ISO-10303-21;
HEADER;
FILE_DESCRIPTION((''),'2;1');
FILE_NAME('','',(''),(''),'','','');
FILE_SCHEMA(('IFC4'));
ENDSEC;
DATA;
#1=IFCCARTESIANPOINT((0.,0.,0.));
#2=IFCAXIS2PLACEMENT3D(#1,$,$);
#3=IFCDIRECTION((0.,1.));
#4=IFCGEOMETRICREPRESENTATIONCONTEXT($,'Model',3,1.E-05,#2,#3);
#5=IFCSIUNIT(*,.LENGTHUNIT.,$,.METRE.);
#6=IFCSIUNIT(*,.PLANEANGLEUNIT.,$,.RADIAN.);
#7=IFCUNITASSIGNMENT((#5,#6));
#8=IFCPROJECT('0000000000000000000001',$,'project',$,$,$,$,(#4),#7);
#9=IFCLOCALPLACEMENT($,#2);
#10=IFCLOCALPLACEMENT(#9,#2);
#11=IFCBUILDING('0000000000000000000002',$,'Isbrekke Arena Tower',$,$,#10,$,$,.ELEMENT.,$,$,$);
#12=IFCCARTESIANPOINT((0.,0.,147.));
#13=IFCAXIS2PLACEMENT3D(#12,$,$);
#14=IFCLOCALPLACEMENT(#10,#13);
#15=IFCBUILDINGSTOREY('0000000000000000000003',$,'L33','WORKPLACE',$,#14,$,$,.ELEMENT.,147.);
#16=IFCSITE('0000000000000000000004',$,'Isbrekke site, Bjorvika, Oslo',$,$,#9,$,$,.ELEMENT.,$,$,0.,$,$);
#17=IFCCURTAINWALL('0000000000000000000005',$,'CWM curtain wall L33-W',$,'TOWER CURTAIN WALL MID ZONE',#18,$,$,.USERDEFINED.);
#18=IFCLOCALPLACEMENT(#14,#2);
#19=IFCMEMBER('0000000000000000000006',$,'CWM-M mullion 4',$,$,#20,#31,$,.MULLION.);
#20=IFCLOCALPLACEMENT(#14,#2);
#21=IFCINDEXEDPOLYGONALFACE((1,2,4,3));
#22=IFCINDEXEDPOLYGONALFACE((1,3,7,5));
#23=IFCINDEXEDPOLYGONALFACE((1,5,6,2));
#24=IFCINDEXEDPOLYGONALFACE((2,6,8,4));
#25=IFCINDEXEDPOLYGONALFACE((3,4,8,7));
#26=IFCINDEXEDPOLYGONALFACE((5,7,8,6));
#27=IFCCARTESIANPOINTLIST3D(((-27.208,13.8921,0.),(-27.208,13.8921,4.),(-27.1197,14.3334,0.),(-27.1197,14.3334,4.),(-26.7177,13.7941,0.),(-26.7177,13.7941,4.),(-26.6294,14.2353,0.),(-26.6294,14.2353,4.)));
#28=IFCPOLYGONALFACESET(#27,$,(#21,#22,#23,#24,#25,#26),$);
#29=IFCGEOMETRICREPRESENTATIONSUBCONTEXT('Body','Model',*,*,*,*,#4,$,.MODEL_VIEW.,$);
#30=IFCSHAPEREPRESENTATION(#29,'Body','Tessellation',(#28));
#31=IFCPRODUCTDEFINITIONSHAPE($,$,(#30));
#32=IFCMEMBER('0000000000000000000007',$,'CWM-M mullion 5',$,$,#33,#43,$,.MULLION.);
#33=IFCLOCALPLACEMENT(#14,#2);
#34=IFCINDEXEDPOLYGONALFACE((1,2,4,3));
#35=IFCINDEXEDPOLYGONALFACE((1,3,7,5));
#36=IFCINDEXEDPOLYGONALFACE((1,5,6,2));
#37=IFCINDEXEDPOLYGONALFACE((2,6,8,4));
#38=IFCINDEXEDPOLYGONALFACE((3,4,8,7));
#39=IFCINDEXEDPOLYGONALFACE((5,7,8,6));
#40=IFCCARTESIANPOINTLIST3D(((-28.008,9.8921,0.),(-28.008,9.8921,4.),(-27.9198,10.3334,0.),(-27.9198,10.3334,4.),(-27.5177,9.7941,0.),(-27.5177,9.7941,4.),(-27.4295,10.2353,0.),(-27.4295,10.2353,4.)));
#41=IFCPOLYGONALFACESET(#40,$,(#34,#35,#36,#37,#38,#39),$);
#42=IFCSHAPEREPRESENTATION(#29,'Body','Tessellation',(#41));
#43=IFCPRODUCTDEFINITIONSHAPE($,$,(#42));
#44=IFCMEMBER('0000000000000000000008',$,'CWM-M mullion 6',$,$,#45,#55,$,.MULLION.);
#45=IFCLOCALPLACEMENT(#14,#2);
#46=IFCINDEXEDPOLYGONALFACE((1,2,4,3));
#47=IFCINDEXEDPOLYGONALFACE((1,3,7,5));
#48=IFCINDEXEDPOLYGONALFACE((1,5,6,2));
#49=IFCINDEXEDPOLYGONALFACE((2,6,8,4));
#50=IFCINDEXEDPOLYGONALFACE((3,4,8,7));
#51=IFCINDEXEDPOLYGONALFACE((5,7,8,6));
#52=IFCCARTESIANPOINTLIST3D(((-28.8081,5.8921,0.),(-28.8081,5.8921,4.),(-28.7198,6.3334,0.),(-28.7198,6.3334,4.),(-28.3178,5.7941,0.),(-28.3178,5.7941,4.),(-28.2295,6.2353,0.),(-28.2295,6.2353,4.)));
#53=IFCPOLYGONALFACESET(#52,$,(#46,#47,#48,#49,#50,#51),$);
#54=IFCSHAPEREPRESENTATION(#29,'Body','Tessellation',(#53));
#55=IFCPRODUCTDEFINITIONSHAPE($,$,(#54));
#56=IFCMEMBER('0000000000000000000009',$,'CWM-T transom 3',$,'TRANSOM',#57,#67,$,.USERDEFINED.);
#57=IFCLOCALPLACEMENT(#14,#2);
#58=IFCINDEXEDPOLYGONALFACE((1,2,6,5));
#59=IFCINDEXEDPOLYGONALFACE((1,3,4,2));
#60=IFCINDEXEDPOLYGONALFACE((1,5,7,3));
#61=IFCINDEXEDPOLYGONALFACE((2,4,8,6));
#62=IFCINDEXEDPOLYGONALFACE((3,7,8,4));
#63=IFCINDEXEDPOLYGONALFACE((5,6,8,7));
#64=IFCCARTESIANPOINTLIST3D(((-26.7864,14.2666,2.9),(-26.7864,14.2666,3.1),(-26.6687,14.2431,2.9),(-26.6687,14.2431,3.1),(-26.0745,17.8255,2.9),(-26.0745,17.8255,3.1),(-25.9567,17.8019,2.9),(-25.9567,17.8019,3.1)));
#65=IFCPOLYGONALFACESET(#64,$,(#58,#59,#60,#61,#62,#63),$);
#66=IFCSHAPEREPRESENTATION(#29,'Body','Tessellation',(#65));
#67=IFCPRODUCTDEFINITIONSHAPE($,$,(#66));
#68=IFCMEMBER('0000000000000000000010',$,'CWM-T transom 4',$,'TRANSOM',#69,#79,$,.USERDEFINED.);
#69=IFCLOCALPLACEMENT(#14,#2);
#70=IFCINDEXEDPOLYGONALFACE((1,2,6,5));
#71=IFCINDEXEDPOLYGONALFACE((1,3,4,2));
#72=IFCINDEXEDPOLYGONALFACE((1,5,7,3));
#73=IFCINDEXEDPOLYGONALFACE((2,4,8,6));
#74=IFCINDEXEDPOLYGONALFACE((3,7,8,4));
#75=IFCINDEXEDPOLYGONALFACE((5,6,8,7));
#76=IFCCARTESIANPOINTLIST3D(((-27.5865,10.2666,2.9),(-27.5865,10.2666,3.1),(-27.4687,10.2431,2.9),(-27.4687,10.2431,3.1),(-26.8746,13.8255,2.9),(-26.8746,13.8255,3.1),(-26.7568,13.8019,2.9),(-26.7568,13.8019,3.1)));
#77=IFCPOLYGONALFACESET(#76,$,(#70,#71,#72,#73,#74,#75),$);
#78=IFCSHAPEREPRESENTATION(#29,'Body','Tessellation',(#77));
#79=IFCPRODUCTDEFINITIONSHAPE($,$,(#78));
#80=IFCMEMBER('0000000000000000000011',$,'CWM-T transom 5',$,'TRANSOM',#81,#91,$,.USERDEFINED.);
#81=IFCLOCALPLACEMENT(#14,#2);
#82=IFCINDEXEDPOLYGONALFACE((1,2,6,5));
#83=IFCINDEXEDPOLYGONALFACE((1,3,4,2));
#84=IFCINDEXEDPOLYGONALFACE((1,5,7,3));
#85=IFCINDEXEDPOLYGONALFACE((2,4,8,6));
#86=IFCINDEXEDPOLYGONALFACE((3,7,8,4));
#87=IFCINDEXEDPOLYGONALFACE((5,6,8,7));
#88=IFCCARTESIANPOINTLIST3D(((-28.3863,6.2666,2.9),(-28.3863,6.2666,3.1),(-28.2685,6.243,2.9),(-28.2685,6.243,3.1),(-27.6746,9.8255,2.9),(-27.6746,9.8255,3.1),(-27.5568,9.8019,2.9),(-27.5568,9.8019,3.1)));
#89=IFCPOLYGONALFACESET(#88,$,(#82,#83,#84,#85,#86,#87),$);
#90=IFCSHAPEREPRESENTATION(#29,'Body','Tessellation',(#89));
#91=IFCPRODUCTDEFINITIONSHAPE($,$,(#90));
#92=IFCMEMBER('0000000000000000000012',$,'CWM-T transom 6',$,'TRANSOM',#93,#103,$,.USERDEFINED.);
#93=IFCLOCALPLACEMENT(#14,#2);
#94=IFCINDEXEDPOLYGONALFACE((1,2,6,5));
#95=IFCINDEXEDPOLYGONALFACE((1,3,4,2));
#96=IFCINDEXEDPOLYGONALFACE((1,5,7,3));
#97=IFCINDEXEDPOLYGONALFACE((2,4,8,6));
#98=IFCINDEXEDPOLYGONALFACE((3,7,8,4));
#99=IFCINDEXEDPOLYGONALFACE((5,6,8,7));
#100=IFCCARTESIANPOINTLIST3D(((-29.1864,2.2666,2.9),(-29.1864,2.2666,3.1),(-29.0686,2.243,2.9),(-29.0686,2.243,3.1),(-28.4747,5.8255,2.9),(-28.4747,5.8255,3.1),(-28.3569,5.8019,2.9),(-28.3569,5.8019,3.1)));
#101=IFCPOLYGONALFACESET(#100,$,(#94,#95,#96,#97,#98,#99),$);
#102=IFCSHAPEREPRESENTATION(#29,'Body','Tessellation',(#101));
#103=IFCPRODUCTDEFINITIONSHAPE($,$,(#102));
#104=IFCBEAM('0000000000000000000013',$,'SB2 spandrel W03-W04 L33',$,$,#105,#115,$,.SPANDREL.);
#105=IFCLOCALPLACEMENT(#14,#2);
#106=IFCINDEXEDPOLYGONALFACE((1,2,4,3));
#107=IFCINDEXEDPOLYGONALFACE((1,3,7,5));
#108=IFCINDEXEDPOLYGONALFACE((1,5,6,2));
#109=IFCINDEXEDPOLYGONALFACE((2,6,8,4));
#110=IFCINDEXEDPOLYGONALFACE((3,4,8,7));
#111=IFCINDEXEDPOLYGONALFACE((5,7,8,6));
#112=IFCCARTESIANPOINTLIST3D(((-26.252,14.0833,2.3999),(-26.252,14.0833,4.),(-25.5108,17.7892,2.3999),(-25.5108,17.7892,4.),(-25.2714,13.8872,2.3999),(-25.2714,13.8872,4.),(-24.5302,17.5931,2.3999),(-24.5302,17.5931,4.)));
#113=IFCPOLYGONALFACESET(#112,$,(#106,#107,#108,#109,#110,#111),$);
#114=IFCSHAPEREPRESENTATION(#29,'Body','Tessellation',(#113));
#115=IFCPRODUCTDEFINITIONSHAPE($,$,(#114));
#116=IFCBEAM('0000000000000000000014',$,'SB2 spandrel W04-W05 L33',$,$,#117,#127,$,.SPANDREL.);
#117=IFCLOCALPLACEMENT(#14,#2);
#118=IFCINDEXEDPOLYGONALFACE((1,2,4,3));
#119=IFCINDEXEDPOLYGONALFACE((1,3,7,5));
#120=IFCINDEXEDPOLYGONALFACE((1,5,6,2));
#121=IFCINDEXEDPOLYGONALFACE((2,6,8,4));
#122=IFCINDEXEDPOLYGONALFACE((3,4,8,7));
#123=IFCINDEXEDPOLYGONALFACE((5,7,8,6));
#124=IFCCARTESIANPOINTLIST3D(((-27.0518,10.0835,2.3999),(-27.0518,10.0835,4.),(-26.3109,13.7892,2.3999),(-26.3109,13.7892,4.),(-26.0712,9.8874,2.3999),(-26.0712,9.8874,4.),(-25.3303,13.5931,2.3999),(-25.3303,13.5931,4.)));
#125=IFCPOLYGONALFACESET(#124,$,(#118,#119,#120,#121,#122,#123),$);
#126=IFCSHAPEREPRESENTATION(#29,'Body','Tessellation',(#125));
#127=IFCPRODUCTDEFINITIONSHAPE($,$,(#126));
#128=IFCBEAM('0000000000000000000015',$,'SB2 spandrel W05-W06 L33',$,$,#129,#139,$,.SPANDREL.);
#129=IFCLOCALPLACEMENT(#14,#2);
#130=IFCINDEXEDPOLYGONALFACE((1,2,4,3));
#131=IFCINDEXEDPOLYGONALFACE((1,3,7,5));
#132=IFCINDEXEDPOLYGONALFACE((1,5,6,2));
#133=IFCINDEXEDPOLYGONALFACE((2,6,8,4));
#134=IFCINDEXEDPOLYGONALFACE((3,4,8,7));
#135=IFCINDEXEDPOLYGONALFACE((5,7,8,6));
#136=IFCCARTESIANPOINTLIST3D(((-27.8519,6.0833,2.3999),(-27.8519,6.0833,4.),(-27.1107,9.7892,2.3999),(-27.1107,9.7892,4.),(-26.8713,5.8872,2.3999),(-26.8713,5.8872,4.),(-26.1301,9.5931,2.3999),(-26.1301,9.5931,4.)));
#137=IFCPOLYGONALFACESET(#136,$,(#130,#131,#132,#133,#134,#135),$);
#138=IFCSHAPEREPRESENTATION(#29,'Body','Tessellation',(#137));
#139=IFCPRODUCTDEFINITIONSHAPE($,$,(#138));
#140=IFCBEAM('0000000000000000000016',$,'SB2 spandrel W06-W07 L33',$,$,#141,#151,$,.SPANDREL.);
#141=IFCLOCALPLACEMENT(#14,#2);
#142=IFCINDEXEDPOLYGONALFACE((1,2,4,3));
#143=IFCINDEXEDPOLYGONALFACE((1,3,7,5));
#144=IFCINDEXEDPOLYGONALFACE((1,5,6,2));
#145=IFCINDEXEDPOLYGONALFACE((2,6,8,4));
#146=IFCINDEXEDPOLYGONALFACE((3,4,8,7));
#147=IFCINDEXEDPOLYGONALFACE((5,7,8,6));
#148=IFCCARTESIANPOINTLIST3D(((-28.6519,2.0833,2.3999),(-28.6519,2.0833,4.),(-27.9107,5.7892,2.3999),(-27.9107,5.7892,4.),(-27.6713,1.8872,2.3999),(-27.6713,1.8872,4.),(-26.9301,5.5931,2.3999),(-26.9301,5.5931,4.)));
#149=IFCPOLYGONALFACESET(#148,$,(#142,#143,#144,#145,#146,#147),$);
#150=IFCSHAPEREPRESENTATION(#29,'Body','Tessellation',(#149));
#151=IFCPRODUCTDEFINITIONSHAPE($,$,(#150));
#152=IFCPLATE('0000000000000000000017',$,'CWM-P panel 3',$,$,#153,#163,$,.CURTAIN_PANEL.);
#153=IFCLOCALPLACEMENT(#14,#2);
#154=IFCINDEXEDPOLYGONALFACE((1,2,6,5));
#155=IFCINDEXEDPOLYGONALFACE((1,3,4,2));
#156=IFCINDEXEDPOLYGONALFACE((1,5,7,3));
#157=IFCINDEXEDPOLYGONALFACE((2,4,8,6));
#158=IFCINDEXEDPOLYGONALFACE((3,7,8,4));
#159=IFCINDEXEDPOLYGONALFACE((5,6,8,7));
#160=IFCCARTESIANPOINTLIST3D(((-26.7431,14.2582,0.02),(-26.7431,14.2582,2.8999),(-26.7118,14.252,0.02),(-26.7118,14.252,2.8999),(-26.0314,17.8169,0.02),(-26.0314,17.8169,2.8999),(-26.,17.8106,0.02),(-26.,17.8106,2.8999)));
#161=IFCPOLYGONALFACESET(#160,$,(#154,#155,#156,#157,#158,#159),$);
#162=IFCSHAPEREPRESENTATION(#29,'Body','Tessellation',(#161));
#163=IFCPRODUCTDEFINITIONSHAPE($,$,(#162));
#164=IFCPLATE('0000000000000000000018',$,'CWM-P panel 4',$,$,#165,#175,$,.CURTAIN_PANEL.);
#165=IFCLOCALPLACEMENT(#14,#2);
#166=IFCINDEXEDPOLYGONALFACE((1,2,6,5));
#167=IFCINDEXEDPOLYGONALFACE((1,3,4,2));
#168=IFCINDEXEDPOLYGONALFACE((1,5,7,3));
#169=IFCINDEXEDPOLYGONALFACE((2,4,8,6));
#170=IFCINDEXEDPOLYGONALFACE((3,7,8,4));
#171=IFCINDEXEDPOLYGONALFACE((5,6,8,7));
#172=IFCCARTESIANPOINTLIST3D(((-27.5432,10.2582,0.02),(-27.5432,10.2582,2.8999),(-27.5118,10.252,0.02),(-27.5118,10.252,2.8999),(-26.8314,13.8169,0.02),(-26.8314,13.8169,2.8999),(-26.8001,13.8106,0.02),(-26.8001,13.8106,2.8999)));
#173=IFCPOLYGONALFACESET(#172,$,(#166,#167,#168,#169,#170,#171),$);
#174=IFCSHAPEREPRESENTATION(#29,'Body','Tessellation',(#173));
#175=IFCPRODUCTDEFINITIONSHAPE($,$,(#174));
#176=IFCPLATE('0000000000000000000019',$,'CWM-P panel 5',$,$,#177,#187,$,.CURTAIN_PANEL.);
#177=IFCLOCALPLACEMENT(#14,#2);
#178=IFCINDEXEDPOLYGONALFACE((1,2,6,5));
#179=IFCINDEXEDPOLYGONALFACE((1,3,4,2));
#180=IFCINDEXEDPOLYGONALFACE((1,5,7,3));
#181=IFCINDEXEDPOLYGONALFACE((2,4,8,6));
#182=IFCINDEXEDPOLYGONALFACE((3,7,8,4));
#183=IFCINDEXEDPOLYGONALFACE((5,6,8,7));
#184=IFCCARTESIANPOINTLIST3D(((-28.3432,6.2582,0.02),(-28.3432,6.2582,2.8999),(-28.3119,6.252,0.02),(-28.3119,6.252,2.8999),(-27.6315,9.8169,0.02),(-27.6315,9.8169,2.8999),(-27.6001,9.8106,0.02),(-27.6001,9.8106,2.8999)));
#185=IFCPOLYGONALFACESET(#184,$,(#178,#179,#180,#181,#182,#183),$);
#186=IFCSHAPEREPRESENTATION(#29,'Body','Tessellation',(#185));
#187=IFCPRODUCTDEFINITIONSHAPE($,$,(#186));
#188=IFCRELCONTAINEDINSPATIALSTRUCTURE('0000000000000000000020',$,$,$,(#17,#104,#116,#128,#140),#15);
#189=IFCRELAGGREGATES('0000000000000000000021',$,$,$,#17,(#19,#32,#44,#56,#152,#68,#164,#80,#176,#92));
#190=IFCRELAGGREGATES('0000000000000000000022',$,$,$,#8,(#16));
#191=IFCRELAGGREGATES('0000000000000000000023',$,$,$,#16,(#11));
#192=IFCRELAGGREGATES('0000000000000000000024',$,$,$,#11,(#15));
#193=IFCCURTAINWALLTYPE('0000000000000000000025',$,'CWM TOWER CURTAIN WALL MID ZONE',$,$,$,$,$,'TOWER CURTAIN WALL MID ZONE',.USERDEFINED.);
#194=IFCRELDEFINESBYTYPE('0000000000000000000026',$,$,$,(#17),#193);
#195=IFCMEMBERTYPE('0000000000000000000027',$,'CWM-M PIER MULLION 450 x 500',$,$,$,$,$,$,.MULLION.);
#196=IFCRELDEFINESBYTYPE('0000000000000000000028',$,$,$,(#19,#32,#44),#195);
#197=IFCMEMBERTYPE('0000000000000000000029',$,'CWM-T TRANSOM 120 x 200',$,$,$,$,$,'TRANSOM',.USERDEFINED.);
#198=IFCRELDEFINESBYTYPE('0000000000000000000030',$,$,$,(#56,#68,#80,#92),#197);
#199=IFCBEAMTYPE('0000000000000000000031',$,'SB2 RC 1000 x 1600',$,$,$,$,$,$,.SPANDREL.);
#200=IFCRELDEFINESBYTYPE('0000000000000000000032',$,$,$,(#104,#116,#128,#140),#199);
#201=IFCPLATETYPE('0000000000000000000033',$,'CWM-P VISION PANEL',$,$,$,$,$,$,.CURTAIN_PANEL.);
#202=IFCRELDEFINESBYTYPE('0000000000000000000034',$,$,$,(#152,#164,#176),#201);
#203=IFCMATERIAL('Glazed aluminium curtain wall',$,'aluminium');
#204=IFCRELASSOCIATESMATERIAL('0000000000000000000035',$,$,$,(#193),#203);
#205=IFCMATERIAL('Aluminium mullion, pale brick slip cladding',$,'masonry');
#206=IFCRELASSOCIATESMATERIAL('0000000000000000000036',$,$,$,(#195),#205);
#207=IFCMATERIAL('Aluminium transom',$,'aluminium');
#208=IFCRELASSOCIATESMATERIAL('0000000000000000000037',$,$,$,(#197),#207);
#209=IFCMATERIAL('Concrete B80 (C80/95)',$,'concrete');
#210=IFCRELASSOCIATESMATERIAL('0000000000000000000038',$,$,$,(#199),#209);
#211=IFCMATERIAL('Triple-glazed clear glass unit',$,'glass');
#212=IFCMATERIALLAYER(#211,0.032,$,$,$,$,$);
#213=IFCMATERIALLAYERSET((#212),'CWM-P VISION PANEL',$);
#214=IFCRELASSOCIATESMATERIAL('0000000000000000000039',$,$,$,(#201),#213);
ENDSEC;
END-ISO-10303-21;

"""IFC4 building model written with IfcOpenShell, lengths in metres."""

from ifc_helpers import new_model, si_unit, direction, frame, origin, origin_2d, place, context, subcontext, project, spatial, rectangle, extrude, material, layer, layer_set, material_profile, profile_set, type_object, element, aggregate, save


model = new_model("IFC4")

# Units and contexts
model_context = context("Model", 3, precision=1e-05, world=origin(), true_north=direction((0.0, 1.0)))
body_context = subcontext(model_context, "Body", "Model", "MODEL_VIEW")
ifc_project = project(units=[si_unit("LENGTHUNIT", "METRE"), si_unit("PLANEANGLEUNIT", "RADIAN")], contexts=[model_context])

# Site, building, storey
site_placement = place(None, origin())
site = spatial("IfcSite", under=ifc_project, at=site_placement, Name="Isbrekke site, Bjorvika, Oslo", CompositionType="ELEMENT", RefElevation=0.0)
building_placement = place(site_placement, origin())
building = spatial("IfcBuilding", under=site, at=building_placement, Name="Isbrekke Arena Tower", CompositionType="ELEMENT")
storey_placement = place(building_placement, frame((0.0, 0.0, 147.0)))
storey = spatial("IfcBuildingStorey", under=building, at=storey_placement, Name="L33", Description="WORKPLACE", CompositionType="ELEMENT", Elevation=147.0)

# Curtain wall, members
ifc_material_1 = material(Name="Glazed aluminium curtain wall", Category="aluminium")
curtain_wall_type = type_object("IfcCurtainWallType", Name="CWM TOWER CURTAIN WALL MID ZONE", ElementType="TOWER CURTAIN WALL MID ZONE", PredefinedType="USERDEFINED", material=ifc_material_1)
curtain_wall_placement = place(storey_placement, origin())
curtain_wall = element("IfcCurtainWall", 1, at=curtain_wall_placement, inside=storey, type_object=curtain_wall_type, Name="CWM curtain wall L33-W", ObjectType="TOWER CURTAIN WALL MID ZONE", PredefinedType="USERDEFINED")
ifc_material_2 = material(Name="Aluminium mullion, pale brick slip cladding", Category="masonry")
ifc_material_profile_1 = material_profile(ifc_material_2, rectangle(XDim=0.45, YDim=0.5, at=origin_2d()), Name="PIER 450X500")
ifc_profile_set_1 = profile_set([ifc_material_profile_1], Name="Aluminium mullion, pale brick slip cladding")
member_type_1 = type_object("IfcMemberType", Name="CWM-M PIER MULLION 450 x 500", PredefinedType="MULLION", material=ifc_profile_set_1)
member_1_placement = place(storey_placement, frame((-26.9187, 14.0637, 0.0), z_axis=(0.0, 0.0, 1.0), x_axis=(-0.196116, -0.980581, 0.0)))
member_1 = element("IfcMember", 2, at=member_1_placement, type_object=member_type_1, Name="CWM-M mullion 4", PredefinedType="MULLION", context=body_context, shape_type="SweptSolid", body=[
    extrude(rectangle(XDim=0.45, YDim=0.5, at=origin_2d()), origin(), (0.0, 0.0, 1.0), 4.0),
])
member_2_placement = place(storey_placement, frame((-27.7188, 10.0637, 0.0), z_axis=(0.0, 0.0, 1.0), x_axis=(-0.196116, -0.980581, 0.0)))
member_2 = element("IfcMember", 3, at=member_2_placement, type_object=member_type_1, Name="CWM-M mullion 5", PredefinedType="MULLION", context=body_context, shape_type="SweptSolid", body=[
    extrude(rectangle(XDim=0.45, YDim=0.5, at=origin_2d()), origin(), (0.0, 0.0, 1.0), 4.0),
])
member_3_placement = place(storey_placement, frame((-28.5188, 6.0637, 0.0), z_axis=(0.0, 0.0, 1.0), x_axis=(-0.196116, -0.980581, 0.0)))
member_3 = element("IfcMember", 4, at=member_3_placement, type_object=member_type_1, Name="CWM-M mullion 6", PredefinedType="MULLION", context=body_context, shape_type="SweptSolid", body=[
    extrude(rectangle(XDim=0.45, YDim=0.5, at=origin_2d()), origin(), (0.0, 0.0, 1.0), 4.0),
])
ifc_material_3 = material(Name="Aluminium transom", Category="aluminium")
ifc_material_profile_2 = material_profile(ifc_material_3, rectangle(XDim=0.1201, YDim=0.2, at=origin_2d()), Name="TRANSOM 120X200")
ifc_profile_set_2 = profile_set([ifc_material_profile_2], Name="Aluminium transom")
member_type_2 = type_object("IfcMemberType", Name="CWM-T TRANSOM 120 x 200", ElementType="TRANSOM", PredefinedType="USERDEFINED", material=ifc_profile_set_2)
member_4_placement = place(storey_placement, frame((-26.0156, 17.8137, 3.0), z_axis=(-0.196155, -0.980573, 0.0), x_axis=(0.980573, -0.196155, 0.0)))
member_4 = element("IfcMember", 5, at=member_4_placement, type_object=member_type_2, Name="CWM-T transom 3", ObjectType="TRANSOM", PredefinedType="USERDEFINED", context=body_context, shape_type="SweptSolid", body=[
    extrude(rectangle(XDim=0.1201, YDim=0.2, at=origin_2d()), origin(), (0.0, 0.0, 1.0), 3.6294),
])
member_5_placement = place(storey_placement, frame((-26.8157, 13.8137, 3.0), z_axis=(-0.196155, -0.980573, 0.0), x_axis=(0.980573, -0.196155, 0.0)))
member_5 = element("IfcMember", 6, at=member_5_placement, type_object=member_type_2, Name="CWM-T transom 4", ObjectType="TRANSOM", PredefinedType="USERDEFINED", context=body_context, shape_type="SweptSolid", body=[
    extrude(rectangle(XDim=0.1201, YDim=0.2, at=origin_2d()), origin(), (0.0, 0.0, 1.0), 3.6294),
])
member_6_placement = place(storey_placement, frame((-27.6157, 9.8137, 3.0), z_axis=(-0.19609, -0.980586, 0.0), x_axis=(0.980586, -0.19609, 0.0)))
member_6 = element("IfcMember", 7, at=member_6_placement, type_object=member_type_2, Name="CWM-T transom 5", ObjectType="TRANSOM", PredefinedType="USERDEFINED", context=body_context, shape_type="SweptSolid", body=[
    extrude(rectangle(XDim=0.1201, YDim=0.2, at=origin_2d()), origin(), (0.0, 0.0, 1.0), 3.6294),
])
member_7_placement = place(storey_placement, frame((-28.4158, 5.8137, 3.0), z_axis=(-0.19609, -0.980586, 0.0), x_axis=(0.980586, -0.19609, 0.0)))
member_7 = element("IfcMember", 8, at=member_7_placement, type_object=member_type_2, Name="CWM-T transom 6", ObjectType="TRANSOM", PredefinedType="USERDEFINED", context=body_context, shape_type="SweptSolid", body=[
    extrude(rectangle(XDim=0.1201, YDim=0.2, at=origin_2d()), origin(), (0.0, 0.0, 1.0), 3.6294),
])

# Beams
ifc_material_4 = material(Name="Concrete B80 (C80/95)", Category="concrete")
ifc_material_profile_3 = material_profile(ifc_material_4, rectangle(XDim=1.0, YDim=1.6001, at=origin_2d()), Name="RC 1000x1600")
ifc_profile_set_3 = profile_set([ifc_material_profile_3], Name="Concrete B80 (C80/95)")
beam_type_1 = type_object("IfcBeamType", Name="SB2 RC 1000 x 1600", PredefinedType="SPANDREL", material=ifc_profile_set_3)
beam_1_placement = place(storey_placement, frame((-25.0205, 17.6912, 3.2), z_axis=(-0.196129, -0.980578, 0.0), x_axis=(0.980578, -0.196129, 0.0)))
element("IfcBeam", 9, at=beam_1_placement, inside=storey, type_object=beam_type_1, Name="SB2 spandrel W03-W04 L33", PredefinedType="SPANDREL", context=body_context, shape_type="SweptSolid", body=[
    extrude(rectangle(XDim=1.0, YDim=1.6001, at=origin_2d()), origin(), (0.0, 0.0, 1.0), 3.7793),
])
beam_2_placement = place(storey_placement, frame((-25.8206, 13.6912, 3.2), z_axis=(-0.196066, -0.980591, 0.0), x_axis=(0.980591, -0.196066, 0.0)))
element("IfcBeam", 10, at=beam_2_placement, inside=storey, type_object=beam_type_1, Name="SB2 spandrel W04-W05 L33", PredefinedType="SPANDREL", context=body_context, shape_type="SweptSolid", body=[
    extrude(rectangle(XDim=1.0, YDim=1.6001, at=origin_2d()), origin(), (0.0, 0.0, 1.0), 3.7791),
])
for number, where, z_axis, x_axis, name in (
    (11, (-26.6204, 9.6912, 3.2), (-0.196129, -0.980578, 0.0), (0.980578, -0.196129, 0.0), "SB2 spandrel W05-W06 L33"),
    (12, (-27.4204, 5.6912, 3.2), (-0.196129, -0.980578, 0.0), (0.980578, -0.196129, 0.0), "SB2 spandrel W06-W07 L33"),
):
    element("IfcBeam", number, at=place(storey_placement, frame(where, z_axis=z_axis, x_axis=x_axis)), inside=storey, type_object=beam_type_1, Name=name, PredefinedType="SPANDREL", context=body_context, shape_type="SweptSolid", body=[
        extrude(rectangle(XDim=1.0, YDim=1.6001, at=origin_2d()), origin(), (0.0, 0.0, 1.0), 3.7793),
    ])

# Plates
ifc_material_5 = material(Name="Triple-glazed clear glass unit", Category="glass")
ifc_layer_1 = layer(ifc_material_5, 0.032)
ifc_layer_set_1 = layer_set([ifc_layer_1], Name="CWM-P VISION PANEL")
plate_type = type_object("IfcPlateType", Name="CWM-P VISION PANEL", PredefinedType="CURTAIN_PANEL", material=ifc_layer_set_1)
plate_1_placement = place(storey_placement, frame((-26.3716, 16.0344, 0.02), z_axis=(0.0, 0.0, 1.0), x_axis=(-0.196116, -0.980581, 0.0)))
plate_1 = element("IfcPlate", 13, at=plate_1_placement, type_object=plate_type, Name="CWM-P panel 3", PredefinedType="CURTAIN_PANEL", context=body_context, shape_type="SweptSolid", body=[
    extrude(rectangle(XDim=3.6292, YDim=0.032, at=origin_2d()), origin(), (0.0, 0.0, 1.0), 2.8799),
])
plate_2_placement = place(storey_placement, frame((-27.1716, 12.0344, 0.02), z_axis=(0.0, 0.0, 1.0), x_axis=(-0.196116, -0.980581, 0.0)))
plate_2 = element("IfcPlate", 14, at=plate_2_placement, type_object=plate_type, Name="CWM-P panel 4", PredefinedType="CURTAIN_PANEL", context=body_context, shape_type="SweptSolid", body=[
    extrude(rectangle(XDim=3.6292, YDim=0.032, at=origin_2d()), origin(), (0.0, 0.0, 1.0), 2.8799),
])
plate_3_placement = place(storey_placement, frame((-27.9717, 8.0344, 0.02), z_axis=(0.0, 0.0, 1.0), x_axis=(-0.196116, -0.980581, 0.0)))
plate_3 = element("IfcPlate", 15, at=plate_3_placement, type_object=plate_type, Name="CWM-P panel 5", PredefinedType="CURTAIN_PANEL", context=body_context, shape_type="SweptSolid", body=[
    extrude(rectangle(XDim=3.6292, YDim=0.032, at=origin_2d()), origin(), (0.0, 0.0, 1.0), 2.8799),
])
aggregate(curtain_wall, [member_1, member_2, member_3, member_4, plate_1, member_5, plate_2, member_6, plate_3, member_7])

save(model, "model.ifc")
